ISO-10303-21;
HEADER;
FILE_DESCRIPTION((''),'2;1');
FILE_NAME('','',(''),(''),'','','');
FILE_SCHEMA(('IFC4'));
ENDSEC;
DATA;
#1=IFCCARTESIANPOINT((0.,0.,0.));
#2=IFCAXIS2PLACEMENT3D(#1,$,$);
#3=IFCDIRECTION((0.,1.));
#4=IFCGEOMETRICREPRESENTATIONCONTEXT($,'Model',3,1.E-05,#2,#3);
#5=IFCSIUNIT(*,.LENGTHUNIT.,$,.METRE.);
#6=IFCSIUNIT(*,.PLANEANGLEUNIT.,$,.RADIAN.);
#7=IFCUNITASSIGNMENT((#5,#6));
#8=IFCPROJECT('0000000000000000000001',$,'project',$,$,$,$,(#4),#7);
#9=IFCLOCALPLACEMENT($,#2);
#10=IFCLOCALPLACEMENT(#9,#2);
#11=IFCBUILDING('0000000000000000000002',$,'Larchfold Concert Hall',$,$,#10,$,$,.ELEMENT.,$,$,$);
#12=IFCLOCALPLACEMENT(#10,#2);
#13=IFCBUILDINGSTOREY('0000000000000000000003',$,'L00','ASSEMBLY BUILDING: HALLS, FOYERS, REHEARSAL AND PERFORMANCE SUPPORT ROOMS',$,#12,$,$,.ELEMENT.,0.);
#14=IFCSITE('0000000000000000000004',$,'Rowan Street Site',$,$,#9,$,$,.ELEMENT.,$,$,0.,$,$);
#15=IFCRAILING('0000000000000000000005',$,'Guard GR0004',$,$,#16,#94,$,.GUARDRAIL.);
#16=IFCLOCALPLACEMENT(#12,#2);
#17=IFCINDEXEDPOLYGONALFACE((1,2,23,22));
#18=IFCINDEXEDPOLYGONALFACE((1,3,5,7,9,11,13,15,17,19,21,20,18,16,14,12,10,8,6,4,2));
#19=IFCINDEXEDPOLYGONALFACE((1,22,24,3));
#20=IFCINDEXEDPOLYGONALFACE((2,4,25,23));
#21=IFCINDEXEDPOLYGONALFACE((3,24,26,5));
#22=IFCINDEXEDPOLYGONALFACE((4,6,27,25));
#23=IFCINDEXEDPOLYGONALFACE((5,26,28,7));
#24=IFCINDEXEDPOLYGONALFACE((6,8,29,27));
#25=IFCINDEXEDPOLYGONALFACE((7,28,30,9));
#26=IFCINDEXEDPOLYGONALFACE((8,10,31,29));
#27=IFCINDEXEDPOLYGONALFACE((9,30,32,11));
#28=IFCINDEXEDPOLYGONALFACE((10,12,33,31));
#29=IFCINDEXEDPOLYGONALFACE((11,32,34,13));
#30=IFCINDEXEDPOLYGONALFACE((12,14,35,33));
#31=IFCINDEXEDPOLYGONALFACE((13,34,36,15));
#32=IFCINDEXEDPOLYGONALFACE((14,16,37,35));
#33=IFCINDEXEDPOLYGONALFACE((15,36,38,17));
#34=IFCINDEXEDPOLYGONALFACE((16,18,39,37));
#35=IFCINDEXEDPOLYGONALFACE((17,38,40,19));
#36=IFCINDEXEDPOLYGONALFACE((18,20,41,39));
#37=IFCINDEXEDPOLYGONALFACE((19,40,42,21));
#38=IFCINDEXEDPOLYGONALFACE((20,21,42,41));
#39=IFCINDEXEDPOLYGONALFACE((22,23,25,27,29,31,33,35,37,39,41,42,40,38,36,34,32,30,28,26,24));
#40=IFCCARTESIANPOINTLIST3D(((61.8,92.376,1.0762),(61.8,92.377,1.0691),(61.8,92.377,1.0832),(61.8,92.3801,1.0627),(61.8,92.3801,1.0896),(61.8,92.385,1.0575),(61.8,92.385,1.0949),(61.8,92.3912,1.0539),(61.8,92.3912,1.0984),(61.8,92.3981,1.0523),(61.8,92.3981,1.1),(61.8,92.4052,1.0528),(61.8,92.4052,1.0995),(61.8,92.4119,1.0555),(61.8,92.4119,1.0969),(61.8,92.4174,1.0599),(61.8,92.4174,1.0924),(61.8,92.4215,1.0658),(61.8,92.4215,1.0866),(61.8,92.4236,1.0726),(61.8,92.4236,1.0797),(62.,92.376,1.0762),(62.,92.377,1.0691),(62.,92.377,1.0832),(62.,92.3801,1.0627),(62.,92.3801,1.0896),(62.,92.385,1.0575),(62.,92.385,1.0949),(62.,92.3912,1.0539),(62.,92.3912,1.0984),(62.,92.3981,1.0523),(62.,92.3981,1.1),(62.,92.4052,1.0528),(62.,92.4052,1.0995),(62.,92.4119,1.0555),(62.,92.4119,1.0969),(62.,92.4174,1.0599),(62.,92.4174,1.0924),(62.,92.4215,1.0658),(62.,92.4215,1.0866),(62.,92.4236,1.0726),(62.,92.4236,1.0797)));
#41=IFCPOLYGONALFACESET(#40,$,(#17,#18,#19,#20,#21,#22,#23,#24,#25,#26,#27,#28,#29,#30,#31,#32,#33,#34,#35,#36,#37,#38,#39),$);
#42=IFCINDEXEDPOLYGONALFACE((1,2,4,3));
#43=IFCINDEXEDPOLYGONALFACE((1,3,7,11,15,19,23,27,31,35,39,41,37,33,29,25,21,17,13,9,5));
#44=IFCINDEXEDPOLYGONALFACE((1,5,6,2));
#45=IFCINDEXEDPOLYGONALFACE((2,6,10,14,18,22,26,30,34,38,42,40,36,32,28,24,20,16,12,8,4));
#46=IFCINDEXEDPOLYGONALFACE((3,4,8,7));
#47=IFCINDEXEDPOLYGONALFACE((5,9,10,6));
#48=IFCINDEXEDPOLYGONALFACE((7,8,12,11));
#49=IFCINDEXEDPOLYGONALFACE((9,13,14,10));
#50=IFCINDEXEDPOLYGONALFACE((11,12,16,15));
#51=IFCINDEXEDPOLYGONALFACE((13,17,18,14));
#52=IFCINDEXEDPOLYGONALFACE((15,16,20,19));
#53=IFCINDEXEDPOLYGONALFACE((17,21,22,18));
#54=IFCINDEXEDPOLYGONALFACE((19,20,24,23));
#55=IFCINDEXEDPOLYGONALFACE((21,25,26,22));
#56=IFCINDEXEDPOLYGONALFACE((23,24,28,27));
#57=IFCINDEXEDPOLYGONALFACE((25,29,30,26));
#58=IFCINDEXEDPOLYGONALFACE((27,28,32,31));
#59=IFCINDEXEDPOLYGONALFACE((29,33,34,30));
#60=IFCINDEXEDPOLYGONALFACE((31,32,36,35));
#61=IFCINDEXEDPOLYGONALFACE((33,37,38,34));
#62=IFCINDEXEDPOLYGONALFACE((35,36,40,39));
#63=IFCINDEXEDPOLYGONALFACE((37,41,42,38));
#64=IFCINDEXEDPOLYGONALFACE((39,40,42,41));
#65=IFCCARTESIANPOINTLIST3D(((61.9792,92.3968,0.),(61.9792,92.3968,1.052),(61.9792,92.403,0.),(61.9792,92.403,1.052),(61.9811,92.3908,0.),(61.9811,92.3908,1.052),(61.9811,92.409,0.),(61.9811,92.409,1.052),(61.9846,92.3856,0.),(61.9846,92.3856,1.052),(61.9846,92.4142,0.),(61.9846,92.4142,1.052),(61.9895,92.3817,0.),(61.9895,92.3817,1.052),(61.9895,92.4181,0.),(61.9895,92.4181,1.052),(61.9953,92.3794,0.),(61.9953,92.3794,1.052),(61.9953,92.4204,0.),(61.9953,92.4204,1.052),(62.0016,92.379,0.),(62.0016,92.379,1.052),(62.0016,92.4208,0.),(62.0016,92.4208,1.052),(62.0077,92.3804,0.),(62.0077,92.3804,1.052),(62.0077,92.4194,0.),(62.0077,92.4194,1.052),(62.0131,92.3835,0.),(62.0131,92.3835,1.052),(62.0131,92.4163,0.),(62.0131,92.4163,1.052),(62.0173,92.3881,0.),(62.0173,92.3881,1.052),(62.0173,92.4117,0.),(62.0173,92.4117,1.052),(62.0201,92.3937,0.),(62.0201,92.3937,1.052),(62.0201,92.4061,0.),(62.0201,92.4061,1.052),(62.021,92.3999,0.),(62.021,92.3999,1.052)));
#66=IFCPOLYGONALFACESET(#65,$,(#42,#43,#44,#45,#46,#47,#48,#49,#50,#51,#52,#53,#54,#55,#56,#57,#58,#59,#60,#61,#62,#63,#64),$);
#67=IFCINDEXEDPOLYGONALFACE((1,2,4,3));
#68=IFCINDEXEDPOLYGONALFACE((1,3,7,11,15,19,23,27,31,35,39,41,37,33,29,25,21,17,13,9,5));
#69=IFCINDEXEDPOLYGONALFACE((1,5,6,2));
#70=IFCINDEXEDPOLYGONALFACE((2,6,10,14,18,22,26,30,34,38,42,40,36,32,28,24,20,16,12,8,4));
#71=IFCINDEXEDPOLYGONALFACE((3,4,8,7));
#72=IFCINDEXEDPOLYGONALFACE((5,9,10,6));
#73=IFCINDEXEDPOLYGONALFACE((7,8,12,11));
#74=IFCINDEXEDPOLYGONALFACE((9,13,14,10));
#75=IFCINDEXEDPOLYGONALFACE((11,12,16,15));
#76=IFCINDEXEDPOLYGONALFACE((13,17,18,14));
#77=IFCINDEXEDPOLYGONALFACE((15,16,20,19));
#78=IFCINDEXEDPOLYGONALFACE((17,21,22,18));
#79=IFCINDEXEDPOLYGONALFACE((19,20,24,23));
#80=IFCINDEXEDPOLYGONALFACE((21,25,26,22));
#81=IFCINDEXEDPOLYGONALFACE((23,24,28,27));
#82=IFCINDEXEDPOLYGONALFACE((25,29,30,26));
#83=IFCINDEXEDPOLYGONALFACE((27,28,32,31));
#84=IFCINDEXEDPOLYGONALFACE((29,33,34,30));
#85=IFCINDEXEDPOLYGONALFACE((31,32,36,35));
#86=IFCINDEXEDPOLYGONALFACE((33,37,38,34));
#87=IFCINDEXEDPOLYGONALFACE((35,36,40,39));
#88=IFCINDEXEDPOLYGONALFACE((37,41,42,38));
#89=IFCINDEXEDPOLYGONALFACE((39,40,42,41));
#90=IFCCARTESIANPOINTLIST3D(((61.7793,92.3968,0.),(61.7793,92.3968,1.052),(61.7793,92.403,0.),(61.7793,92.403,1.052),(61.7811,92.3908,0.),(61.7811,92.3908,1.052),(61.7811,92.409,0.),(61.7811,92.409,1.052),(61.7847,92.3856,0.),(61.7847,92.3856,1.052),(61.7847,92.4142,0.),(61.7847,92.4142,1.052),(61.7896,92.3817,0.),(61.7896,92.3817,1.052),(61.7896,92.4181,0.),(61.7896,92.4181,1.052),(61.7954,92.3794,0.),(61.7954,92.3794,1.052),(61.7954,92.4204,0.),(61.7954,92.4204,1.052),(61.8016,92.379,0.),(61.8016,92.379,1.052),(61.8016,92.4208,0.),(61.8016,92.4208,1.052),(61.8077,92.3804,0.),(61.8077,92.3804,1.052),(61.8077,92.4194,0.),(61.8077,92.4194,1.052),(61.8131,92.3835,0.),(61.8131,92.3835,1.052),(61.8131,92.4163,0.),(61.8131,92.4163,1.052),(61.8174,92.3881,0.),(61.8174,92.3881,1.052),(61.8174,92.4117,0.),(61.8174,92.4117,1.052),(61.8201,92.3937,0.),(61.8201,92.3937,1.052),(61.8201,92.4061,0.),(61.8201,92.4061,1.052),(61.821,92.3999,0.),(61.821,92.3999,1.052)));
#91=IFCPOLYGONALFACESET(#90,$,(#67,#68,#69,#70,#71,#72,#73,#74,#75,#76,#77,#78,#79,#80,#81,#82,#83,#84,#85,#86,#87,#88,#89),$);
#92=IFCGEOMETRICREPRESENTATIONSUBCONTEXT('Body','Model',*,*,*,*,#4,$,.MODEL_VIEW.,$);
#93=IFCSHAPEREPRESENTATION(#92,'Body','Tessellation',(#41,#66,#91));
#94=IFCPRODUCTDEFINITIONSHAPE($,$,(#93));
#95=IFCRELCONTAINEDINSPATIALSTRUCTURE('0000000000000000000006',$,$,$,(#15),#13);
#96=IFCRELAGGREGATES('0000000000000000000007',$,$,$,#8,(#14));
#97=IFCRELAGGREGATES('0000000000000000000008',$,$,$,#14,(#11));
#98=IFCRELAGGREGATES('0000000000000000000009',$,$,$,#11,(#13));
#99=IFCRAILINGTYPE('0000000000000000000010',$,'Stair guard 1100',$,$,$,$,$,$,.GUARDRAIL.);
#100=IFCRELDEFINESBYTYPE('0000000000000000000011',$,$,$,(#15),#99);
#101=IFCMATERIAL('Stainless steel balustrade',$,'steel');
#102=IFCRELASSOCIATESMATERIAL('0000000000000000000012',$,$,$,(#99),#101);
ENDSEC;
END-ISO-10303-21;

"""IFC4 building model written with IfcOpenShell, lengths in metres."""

from ifc_helpers import new_model, si_unit, direction, frame, origin, origin_2d, place, context, subcontext, project, spatial, circle, extrude, material, type_object, element, save


model = new_model("IFC4")

# Units and contexts
model_context = context("Model", 3, precision=1e-05, world=origin(), true_north=direction((0.0, 1.0)))
body_context = subcontext(model_context, "Body", "Model", "MODEL_VIEW")
ifc_project = project(units=[si_unit("LENGTHUNIT", "METRE"), si_unit("PLANEANGLEUNIT", "RADIAN")], contexts=[model_context])

# Site, building, storey
site_placement = place(None, origin())
site = spatial("IfcSite", under=ifc_project, at=site_placement, Name="Rowan Street Site", CompositionType="ELEMENT", RefElevation=0.0)
building_placement = place(site_placement, origin())
building = spatial("IfcBuilding", under=site, at=building_placement, Name="Larchfold Concert Hall", CompositionType="ELEMENT")
storey_placement = place(building_placement, origin())
storey = spatial("IfcBuildingStorey", under=building, at=storey_placement, Name="L00", Description="ASSEMBLY BUILDING: HALLS, FOYERS, REHEARSAL AND PERFORMANCE SUPPORT ROOMS", CompositionType="ELEMENT", Elevation=0.0)

# Railing
ifc_material_1 = material(Name="Stainless steel balustrade", Category="steel")
railing_type_1 = type_object("IfcRailingType", Name="Stair guard 1100", PredefinedType="GUARDRAIL", material=ifc_material_1)
railing_1_placement = place(storey_placement, frame((62.0, 92.3999, 0.0)))
element("IfcRailing", 1, at=railing_1_placement, inside=storey, type_object=railing_type_1, Name="Guard GR0004", PredefinedType="GUARDRAIL", context=body_context, shape_type="SweptSolid", body=[
    extrude(circle(Radius=0.0239, at=origin_2d()), frame((0.0, 0.0, 1.0762), z_axis=(-1.0, 0.0, 0.0), x_axis=(0.0, -1.0, 0.0)), (0.0, 0.0, 1.0), 0.2),
    extrude(circle(Radius=0.021, at=origin_2d()), origin(), (0.0, 0.0, 1.0), 1.052),
    extrude(circle(Radius=0.021, at=origin_2d()), frame((-0.2, 0.0, 0.0)), (0.0, 0.0, 1.0), 1.052),
])

save(model, "model.ifc")
